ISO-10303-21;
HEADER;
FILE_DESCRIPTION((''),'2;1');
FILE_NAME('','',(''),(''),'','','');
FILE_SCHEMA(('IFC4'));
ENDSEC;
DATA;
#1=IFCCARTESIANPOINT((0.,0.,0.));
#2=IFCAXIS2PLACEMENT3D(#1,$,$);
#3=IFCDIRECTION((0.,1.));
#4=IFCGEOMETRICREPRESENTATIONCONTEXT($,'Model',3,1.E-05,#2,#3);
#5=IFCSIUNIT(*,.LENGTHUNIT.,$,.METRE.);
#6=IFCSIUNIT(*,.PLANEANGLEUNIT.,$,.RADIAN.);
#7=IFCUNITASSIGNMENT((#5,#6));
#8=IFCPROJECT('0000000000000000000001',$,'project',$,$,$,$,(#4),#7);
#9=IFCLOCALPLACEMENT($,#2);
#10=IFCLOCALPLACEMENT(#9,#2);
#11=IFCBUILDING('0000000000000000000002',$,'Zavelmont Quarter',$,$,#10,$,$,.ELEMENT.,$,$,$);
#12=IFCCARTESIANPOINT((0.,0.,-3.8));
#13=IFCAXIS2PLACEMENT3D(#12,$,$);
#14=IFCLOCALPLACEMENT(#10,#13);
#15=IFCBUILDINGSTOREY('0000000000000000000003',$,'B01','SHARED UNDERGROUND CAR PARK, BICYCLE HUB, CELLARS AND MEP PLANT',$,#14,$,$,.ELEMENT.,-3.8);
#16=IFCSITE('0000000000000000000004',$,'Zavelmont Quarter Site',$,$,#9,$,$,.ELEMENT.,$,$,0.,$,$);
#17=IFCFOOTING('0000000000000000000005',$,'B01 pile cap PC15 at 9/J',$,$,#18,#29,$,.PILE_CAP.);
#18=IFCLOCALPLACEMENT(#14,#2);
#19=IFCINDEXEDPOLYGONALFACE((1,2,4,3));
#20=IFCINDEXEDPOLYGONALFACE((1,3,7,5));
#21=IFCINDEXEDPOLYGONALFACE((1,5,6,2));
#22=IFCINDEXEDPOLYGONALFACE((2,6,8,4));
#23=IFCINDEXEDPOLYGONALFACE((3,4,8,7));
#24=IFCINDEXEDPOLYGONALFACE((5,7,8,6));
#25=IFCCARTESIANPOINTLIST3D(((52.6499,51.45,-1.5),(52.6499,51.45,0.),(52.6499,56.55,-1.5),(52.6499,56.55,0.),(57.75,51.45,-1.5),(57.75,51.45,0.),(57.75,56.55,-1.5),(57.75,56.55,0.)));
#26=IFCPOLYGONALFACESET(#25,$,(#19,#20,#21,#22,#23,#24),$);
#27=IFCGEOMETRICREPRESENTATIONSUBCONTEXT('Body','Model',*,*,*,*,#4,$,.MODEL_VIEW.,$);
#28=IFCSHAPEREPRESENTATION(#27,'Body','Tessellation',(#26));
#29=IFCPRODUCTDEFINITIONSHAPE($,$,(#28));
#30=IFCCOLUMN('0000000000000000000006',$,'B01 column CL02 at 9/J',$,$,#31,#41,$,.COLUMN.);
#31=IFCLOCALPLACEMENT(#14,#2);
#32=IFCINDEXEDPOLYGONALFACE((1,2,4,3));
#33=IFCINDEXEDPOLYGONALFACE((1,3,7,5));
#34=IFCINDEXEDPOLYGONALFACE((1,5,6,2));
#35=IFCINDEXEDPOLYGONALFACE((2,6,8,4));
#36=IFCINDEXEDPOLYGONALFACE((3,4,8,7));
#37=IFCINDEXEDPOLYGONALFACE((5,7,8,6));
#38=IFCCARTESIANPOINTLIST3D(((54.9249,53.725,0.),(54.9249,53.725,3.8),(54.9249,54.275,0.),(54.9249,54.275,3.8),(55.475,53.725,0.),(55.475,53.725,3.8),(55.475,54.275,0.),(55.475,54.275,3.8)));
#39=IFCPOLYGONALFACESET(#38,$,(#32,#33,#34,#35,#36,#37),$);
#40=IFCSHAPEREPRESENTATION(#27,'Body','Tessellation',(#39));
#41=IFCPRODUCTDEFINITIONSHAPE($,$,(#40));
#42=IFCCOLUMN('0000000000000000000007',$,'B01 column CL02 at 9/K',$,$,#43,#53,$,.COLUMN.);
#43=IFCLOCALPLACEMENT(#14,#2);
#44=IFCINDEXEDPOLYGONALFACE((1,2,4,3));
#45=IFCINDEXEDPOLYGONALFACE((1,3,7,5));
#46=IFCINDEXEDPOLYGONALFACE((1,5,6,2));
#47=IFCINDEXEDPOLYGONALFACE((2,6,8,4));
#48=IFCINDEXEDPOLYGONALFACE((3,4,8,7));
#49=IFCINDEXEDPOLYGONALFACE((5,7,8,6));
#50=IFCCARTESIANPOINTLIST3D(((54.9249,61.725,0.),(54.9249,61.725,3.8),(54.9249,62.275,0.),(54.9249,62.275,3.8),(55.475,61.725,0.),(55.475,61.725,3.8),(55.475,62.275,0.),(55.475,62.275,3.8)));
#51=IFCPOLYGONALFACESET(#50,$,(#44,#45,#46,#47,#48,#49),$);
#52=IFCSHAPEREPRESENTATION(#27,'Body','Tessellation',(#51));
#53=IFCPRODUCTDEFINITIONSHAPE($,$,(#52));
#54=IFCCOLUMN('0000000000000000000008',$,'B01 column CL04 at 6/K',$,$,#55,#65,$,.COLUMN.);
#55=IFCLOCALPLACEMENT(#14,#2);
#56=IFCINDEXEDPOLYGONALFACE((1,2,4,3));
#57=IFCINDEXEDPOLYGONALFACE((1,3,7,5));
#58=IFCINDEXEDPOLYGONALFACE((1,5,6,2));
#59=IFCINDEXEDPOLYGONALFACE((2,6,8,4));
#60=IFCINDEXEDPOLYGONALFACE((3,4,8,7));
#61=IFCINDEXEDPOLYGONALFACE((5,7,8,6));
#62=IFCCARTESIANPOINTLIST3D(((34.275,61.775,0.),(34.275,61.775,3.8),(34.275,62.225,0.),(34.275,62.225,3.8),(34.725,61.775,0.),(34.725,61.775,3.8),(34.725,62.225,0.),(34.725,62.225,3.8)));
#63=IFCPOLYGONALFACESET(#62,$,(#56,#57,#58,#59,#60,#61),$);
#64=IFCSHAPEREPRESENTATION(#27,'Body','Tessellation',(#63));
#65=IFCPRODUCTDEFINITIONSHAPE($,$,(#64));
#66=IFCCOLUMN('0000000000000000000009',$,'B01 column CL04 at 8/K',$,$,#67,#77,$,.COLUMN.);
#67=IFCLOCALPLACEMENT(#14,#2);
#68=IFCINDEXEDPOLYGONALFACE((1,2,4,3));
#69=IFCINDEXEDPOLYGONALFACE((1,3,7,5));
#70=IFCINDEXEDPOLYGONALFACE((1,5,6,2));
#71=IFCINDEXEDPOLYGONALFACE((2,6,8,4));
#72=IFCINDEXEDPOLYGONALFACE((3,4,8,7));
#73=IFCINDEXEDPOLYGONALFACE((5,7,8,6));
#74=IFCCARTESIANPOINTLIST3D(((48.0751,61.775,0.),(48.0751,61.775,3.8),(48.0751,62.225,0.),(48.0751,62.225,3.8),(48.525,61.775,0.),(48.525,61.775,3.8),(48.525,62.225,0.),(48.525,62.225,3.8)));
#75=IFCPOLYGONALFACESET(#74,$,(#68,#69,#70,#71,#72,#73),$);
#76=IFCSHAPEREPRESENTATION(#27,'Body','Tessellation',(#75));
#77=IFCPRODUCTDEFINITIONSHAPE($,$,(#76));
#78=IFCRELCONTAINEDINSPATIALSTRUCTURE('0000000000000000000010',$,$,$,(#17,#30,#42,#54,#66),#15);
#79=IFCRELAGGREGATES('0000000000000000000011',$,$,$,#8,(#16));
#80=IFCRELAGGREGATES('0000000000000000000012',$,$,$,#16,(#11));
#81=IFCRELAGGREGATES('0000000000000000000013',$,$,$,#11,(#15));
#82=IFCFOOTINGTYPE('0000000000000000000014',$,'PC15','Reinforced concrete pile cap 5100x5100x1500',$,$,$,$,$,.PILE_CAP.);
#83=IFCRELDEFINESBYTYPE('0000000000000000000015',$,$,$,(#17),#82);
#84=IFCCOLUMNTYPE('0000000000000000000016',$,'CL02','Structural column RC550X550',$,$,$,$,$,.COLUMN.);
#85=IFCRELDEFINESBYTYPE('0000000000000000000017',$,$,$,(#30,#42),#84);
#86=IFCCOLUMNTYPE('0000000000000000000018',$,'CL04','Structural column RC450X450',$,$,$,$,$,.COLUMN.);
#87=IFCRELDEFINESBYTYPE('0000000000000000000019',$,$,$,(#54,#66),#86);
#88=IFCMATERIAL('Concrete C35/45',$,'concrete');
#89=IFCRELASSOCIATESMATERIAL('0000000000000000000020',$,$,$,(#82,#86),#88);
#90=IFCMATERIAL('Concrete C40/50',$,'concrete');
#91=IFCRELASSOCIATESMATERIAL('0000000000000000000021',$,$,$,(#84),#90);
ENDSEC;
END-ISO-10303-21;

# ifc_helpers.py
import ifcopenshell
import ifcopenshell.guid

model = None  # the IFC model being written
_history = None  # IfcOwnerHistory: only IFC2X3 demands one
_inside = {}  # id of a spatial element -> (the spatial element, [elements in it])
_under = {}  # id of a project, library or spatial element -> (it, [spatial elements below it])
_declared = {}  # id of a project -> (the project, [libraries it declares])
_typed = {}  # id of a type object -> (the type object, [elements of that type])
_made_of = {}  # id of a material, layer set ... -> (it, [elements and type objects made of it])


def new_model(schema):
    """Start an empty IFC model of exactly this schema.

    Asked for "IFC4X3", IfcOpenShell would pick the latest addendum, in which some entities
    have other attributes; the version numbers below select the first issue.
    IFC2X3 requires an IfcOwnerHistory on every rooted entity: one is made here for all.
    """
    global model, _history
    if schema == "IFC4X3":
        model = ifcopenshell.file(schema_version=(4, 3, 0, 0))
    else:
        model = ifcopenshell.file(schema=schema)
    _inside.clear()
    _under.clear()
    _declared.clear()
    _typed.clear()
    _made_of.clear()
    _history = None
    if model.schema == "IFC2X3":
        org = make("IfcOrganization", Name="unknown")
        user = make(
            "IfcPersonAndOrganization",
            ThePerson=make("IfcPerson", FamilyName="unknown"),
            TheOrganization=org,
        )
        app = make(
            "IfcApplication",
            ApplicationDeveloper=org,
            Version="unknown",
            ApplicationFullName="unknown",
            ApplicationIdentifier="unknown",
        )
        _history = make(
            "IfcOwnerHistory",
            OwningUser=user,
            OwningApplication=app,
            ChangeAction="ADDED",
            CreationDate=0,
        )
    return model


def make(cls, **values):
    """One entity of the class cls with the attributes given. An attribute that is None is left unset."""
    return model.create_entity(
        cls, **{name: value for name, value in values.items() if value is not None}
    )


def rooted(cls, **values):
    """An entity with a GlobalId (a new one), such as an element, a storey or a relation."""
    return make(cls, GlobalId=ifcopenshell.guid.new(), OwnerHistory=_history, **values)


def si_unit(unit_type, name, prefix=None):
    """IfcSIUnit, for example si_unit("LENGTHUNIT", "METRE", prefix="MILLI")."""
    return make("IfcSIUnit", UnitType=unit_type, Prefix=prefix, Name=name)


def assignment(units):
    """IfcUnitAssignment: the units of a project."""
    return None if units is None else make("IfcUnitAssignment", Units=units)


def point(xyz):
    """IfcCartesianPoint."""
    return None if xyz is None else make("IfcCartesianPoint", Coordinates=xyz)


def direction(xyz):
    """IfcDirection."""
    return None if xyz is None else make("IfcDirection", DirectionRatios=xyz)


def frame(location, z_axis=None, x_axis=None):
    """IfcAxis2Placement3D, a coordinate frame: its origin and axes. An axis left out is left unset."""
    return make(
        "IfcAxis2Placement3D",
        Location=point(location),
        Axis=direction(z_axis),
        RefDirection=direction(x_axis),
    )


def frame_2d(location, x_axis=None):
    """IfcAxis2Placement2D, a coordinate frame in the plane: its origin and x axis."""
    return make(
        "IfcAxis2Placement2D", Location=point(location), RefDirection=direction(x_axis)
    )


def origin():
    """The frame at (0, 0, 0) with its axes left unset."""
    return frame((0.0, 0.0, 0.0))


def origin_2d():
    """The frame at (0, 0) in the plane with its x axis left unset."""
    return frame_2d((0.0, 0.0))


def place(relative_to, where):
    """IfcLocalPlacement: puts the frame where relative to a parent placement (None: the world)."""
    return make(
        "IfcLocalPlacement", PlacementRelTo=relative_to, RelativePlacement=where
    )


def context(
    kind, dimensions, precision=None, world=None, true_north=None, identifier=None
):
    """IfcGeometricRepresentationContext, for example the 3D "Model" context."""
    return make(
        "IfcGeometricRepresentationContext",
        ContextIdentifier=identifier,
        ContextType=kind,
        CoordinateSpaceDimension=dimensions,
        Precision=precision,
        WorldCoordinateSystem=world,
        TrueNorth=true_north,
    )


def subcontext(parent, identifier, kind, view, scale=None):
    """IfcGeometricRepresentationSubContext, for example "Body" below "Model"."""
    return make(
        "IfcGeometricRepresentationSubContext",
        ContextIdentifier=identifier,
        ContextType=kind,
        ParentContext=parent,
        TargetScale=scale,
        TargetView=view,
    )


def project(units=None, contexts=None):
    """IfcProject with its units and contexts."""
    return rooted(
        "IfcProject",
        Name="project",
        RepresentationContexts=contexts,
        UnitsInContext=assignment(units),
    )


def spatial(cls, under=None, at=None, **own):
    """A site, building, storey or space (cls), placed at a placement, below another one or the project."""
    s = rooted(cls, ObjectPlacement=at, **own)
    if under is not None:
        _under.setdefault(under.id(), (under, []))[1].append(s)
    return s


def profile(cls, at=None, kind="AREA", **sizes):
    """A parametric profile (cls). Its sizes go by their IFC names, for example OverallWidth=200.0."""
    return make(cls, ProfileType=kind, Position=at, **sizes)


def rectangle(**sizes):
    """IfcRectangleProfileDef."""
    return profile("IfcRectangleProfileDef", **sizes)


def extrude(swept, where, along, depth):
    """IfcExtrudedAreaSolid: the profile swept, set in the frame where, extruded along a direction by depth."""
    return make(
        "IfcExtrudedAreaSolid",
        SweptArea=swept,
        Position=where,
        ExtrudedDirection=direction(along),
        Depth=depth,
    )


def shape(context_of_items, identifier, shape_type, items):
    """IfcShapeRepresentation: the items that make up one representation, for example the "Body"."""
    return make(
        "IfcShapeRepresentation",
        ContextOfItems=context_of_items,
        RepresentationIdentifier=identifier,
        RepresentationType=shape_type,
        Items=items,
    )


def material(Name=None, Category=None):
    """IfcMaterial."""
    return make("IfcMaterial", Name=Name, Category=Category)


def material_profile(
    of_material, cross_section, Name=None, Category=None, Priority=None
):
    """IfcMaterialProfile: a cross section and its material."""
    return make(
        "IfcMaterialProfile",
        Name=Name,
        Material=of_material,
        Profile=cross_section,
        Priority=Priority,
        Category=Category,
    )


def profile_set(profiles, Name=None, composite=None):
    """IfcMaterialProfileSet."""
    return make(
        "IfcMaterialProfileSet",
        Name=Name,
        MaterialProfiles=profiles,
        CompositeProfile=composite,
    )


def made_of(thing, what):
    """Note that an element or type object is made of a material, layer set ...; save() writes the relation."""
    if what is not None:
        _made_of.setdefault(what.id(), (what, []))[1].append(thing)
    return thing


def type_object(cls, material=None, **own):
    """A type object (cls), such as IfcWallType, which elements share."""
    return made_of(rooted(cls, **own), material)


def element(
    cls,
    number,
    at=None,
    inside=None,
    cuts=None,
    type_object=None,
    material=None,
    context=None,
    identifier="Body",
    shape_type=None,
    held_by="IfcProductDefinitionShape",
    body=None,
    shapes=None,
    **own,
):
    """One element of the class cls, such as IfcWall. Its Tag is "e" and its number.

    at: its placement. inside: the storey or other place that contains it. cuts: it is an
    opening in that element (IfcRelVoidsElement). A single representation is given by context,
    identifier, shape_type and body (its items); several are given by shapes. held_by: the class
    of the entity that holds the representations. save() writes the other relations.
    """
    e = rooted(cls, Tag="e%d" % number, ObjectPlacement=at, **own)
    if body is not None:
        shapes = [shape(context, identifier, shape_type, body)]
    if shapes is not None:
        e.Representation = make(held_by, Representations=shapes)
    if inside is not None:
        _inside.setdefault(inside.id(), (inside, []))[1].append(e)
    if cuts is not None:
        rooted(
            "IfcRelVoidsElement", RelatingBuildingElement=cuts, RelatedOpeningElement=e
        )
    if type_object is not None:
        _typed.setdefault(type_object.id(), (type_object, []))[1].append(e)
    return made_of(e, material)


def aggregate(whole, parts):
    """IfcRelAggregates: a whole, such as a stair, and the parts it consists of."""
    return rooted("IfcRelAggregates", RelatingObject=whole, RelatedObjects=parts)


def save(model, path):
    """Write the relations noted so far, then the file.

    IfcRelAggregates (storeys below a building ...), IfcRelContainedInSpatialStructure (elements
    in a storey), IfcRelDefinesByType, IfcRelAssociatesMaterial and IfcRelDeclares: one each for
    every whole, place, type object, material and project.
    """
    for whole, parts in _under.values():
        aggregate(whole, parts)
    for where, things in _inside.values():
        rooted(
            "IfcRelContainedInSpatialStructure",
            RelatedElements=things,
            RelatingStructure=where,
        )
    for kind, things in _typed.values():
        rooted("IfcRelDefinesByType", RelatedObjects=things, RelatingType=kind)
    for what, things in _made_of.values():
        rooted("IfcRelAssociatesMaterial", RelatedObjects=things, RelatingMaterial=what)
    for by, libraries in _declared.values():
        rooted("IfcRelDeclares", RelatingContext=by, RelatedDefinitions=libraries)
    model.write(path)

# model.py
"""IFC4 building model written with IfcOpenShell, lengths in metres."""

from ifc_helpers import new_model, si_unit, direction, frame, origin, origin_2d, place, context, subcontext, project, spatial, rectangle, extrude, material, material_profile, profile_set, type_object, element, save


model = new_model("IFC4")

# Units and contexts
model_context = context("Model", 3, precision=1e-05, world=origin(), true_north=direction((0.0, 1.0)))
body_context = subcontext(model_context, "Body", "Model", "MODEL_VIEW")
ifc_project = project(units=[si_unit("LENGTHUNIT", "METRE"), si_unit("PLANEANGLEUNIT", "RADIAN")], contexts=[model_context])

# Site, building, storey
site_placement = place(None, origin())
site = spatial("IfcSite", under=ifc_project, at=site_placement, Name="Zavelmont Quarter Site", CompositionType="ELEMENT", RefElevation=0.0)
building_placement = place(site_placement, origin())
building = spatial("IfcBuilding", under=site, at=building_placement, Name="Zavelmont Quarter", CompositionType="ELEMENT")
storey_placement = place(building_placement, frame((0.0, 0.0, -3.8)))
storey = spatial("IfcBuildingStorey", under=building, at=storey_placement, Name="B01", Description="SHARED UNDERGROUND CAR PARK, BICYCLE HUB, CELLARS AND MEP PLANT", CompositionType="ELEMENT", Elevation=-3.8)

# Shared definitions
ifc_material_1 = material(Name="Concrete C35/45", Category="concrete")

# Footing
footing_type_1 = type_object("IfcFootingType", Name="PC15", Description="Reinforced concrete pile cap 5100x5100x1500", PredefinedType="PILE_CAP", material=ifc_material_1)
footing_1_placement = place(storey_placement, frame((55.2, 54.0, -1.5), z_axis=(0.0, 0.0, 1.0), x_axis=(1.0, 0.0, 0.0)))
element("IfcFooting", 1, at=footing_1_placement, inside=storey, type_object=footing_type_1, Name="B01 pile cap PC15 at 9/J", PredefinedType="PILE_CAP", context=body_context, shape_type="SweptSolid", body=[
    extrude(rectangle(XDim=5.1001, YDim=5.1001, at=origin_2d()), origin(), (0.0, 0.0, 1.0), 1.5),
])

# Columns
ifc_material_2 = material(Name="Concrete C40/50", Category="concrete")
ifc_material_profile_1 = material_profile(ifc_material_2, rectangle(XDim=0.55, YDim=0.55, at=origin_2d()), Name="RC550X550")
ifc_profile_set_1 = profile_set([ifc_material_profile_1], Name="Concrete C40/50")
column_type_1 = type_object("IfcColumnType", Name="CL02", Description="Structural column RC550X550", PredefinedType="COLUMN", material=ifc_profile_set_1)
for number, where, z_axis, x_axis, name in (
    (2, (55.2, 54.0, 0.0), (0.0, 0.0, 1.0), (1.0, 0.0, 0.0), "B01 column CL02 at 9/J"),
    (3, (55.2, 62.0, 0.0), (0.0, 0.0, 1.0), (1.0, 0.0, 0.0), "B01 column CL02 at 9/K"),
):
    element("IfcColumn", number, at=place(storey_placement, frame(where, z_axis=z_axis, x_axis=x_axis)), inside=storey, type_object=column_type_1, Name=name, PredefinedType="COLUMN", context=body_context, shape_type="SweptSolid", body=[
        extrude(rectangle(XDim=0.55, YDim=0.55, at=origin_2d()), origin(), (0.0, 0.0, 1.0), 3.8),
    ])
ifc_material_profile_2 = material_profile(ifc_material_1, rectangle(XDim=0.45, YDim=0.45, at=origin_2d()), Name="RC450X450")
ifc_profile_set_2 = profile_set([ifc_material_profile_2], Name="Concrete C35/45")
column_type_2 = type_object("IfcColumnType", Name="CL04", Description="Structural column RC450X450", PredefinedType="COLUMN", material=ifc_profile_set_2)
for number, where, z_axis, x_axis, name in (
    (4, (34.5, 62.0, 0.0), (0.0, 0.0, 1.0), (1.0, 0.0, 0.0), "B01 column CL04 at 6/K"),
    (5, (48.3, 62.0, 0.0), (0.0, 0.0, 1.0), (1.0, 0.0, 0.0), "B01 column CL04 at 8/K"),
):
    element("IfcColumn", number, at=place(storey_placement, frame(where, z_axis=z_axis, x_axis=x_axis)), inside=storey, type_object=column_type_2, Name=name, PredefinedType="COLUMN", context=body_context, shape_type="SweptSolid", body=[
        extrude(rectangle(XDim=0.45, YDim=0.45, at=origin_2d()), origin(), (0.0, 0.0, 1.0), 3.8),
    ])

save(model, "model.ifc")
